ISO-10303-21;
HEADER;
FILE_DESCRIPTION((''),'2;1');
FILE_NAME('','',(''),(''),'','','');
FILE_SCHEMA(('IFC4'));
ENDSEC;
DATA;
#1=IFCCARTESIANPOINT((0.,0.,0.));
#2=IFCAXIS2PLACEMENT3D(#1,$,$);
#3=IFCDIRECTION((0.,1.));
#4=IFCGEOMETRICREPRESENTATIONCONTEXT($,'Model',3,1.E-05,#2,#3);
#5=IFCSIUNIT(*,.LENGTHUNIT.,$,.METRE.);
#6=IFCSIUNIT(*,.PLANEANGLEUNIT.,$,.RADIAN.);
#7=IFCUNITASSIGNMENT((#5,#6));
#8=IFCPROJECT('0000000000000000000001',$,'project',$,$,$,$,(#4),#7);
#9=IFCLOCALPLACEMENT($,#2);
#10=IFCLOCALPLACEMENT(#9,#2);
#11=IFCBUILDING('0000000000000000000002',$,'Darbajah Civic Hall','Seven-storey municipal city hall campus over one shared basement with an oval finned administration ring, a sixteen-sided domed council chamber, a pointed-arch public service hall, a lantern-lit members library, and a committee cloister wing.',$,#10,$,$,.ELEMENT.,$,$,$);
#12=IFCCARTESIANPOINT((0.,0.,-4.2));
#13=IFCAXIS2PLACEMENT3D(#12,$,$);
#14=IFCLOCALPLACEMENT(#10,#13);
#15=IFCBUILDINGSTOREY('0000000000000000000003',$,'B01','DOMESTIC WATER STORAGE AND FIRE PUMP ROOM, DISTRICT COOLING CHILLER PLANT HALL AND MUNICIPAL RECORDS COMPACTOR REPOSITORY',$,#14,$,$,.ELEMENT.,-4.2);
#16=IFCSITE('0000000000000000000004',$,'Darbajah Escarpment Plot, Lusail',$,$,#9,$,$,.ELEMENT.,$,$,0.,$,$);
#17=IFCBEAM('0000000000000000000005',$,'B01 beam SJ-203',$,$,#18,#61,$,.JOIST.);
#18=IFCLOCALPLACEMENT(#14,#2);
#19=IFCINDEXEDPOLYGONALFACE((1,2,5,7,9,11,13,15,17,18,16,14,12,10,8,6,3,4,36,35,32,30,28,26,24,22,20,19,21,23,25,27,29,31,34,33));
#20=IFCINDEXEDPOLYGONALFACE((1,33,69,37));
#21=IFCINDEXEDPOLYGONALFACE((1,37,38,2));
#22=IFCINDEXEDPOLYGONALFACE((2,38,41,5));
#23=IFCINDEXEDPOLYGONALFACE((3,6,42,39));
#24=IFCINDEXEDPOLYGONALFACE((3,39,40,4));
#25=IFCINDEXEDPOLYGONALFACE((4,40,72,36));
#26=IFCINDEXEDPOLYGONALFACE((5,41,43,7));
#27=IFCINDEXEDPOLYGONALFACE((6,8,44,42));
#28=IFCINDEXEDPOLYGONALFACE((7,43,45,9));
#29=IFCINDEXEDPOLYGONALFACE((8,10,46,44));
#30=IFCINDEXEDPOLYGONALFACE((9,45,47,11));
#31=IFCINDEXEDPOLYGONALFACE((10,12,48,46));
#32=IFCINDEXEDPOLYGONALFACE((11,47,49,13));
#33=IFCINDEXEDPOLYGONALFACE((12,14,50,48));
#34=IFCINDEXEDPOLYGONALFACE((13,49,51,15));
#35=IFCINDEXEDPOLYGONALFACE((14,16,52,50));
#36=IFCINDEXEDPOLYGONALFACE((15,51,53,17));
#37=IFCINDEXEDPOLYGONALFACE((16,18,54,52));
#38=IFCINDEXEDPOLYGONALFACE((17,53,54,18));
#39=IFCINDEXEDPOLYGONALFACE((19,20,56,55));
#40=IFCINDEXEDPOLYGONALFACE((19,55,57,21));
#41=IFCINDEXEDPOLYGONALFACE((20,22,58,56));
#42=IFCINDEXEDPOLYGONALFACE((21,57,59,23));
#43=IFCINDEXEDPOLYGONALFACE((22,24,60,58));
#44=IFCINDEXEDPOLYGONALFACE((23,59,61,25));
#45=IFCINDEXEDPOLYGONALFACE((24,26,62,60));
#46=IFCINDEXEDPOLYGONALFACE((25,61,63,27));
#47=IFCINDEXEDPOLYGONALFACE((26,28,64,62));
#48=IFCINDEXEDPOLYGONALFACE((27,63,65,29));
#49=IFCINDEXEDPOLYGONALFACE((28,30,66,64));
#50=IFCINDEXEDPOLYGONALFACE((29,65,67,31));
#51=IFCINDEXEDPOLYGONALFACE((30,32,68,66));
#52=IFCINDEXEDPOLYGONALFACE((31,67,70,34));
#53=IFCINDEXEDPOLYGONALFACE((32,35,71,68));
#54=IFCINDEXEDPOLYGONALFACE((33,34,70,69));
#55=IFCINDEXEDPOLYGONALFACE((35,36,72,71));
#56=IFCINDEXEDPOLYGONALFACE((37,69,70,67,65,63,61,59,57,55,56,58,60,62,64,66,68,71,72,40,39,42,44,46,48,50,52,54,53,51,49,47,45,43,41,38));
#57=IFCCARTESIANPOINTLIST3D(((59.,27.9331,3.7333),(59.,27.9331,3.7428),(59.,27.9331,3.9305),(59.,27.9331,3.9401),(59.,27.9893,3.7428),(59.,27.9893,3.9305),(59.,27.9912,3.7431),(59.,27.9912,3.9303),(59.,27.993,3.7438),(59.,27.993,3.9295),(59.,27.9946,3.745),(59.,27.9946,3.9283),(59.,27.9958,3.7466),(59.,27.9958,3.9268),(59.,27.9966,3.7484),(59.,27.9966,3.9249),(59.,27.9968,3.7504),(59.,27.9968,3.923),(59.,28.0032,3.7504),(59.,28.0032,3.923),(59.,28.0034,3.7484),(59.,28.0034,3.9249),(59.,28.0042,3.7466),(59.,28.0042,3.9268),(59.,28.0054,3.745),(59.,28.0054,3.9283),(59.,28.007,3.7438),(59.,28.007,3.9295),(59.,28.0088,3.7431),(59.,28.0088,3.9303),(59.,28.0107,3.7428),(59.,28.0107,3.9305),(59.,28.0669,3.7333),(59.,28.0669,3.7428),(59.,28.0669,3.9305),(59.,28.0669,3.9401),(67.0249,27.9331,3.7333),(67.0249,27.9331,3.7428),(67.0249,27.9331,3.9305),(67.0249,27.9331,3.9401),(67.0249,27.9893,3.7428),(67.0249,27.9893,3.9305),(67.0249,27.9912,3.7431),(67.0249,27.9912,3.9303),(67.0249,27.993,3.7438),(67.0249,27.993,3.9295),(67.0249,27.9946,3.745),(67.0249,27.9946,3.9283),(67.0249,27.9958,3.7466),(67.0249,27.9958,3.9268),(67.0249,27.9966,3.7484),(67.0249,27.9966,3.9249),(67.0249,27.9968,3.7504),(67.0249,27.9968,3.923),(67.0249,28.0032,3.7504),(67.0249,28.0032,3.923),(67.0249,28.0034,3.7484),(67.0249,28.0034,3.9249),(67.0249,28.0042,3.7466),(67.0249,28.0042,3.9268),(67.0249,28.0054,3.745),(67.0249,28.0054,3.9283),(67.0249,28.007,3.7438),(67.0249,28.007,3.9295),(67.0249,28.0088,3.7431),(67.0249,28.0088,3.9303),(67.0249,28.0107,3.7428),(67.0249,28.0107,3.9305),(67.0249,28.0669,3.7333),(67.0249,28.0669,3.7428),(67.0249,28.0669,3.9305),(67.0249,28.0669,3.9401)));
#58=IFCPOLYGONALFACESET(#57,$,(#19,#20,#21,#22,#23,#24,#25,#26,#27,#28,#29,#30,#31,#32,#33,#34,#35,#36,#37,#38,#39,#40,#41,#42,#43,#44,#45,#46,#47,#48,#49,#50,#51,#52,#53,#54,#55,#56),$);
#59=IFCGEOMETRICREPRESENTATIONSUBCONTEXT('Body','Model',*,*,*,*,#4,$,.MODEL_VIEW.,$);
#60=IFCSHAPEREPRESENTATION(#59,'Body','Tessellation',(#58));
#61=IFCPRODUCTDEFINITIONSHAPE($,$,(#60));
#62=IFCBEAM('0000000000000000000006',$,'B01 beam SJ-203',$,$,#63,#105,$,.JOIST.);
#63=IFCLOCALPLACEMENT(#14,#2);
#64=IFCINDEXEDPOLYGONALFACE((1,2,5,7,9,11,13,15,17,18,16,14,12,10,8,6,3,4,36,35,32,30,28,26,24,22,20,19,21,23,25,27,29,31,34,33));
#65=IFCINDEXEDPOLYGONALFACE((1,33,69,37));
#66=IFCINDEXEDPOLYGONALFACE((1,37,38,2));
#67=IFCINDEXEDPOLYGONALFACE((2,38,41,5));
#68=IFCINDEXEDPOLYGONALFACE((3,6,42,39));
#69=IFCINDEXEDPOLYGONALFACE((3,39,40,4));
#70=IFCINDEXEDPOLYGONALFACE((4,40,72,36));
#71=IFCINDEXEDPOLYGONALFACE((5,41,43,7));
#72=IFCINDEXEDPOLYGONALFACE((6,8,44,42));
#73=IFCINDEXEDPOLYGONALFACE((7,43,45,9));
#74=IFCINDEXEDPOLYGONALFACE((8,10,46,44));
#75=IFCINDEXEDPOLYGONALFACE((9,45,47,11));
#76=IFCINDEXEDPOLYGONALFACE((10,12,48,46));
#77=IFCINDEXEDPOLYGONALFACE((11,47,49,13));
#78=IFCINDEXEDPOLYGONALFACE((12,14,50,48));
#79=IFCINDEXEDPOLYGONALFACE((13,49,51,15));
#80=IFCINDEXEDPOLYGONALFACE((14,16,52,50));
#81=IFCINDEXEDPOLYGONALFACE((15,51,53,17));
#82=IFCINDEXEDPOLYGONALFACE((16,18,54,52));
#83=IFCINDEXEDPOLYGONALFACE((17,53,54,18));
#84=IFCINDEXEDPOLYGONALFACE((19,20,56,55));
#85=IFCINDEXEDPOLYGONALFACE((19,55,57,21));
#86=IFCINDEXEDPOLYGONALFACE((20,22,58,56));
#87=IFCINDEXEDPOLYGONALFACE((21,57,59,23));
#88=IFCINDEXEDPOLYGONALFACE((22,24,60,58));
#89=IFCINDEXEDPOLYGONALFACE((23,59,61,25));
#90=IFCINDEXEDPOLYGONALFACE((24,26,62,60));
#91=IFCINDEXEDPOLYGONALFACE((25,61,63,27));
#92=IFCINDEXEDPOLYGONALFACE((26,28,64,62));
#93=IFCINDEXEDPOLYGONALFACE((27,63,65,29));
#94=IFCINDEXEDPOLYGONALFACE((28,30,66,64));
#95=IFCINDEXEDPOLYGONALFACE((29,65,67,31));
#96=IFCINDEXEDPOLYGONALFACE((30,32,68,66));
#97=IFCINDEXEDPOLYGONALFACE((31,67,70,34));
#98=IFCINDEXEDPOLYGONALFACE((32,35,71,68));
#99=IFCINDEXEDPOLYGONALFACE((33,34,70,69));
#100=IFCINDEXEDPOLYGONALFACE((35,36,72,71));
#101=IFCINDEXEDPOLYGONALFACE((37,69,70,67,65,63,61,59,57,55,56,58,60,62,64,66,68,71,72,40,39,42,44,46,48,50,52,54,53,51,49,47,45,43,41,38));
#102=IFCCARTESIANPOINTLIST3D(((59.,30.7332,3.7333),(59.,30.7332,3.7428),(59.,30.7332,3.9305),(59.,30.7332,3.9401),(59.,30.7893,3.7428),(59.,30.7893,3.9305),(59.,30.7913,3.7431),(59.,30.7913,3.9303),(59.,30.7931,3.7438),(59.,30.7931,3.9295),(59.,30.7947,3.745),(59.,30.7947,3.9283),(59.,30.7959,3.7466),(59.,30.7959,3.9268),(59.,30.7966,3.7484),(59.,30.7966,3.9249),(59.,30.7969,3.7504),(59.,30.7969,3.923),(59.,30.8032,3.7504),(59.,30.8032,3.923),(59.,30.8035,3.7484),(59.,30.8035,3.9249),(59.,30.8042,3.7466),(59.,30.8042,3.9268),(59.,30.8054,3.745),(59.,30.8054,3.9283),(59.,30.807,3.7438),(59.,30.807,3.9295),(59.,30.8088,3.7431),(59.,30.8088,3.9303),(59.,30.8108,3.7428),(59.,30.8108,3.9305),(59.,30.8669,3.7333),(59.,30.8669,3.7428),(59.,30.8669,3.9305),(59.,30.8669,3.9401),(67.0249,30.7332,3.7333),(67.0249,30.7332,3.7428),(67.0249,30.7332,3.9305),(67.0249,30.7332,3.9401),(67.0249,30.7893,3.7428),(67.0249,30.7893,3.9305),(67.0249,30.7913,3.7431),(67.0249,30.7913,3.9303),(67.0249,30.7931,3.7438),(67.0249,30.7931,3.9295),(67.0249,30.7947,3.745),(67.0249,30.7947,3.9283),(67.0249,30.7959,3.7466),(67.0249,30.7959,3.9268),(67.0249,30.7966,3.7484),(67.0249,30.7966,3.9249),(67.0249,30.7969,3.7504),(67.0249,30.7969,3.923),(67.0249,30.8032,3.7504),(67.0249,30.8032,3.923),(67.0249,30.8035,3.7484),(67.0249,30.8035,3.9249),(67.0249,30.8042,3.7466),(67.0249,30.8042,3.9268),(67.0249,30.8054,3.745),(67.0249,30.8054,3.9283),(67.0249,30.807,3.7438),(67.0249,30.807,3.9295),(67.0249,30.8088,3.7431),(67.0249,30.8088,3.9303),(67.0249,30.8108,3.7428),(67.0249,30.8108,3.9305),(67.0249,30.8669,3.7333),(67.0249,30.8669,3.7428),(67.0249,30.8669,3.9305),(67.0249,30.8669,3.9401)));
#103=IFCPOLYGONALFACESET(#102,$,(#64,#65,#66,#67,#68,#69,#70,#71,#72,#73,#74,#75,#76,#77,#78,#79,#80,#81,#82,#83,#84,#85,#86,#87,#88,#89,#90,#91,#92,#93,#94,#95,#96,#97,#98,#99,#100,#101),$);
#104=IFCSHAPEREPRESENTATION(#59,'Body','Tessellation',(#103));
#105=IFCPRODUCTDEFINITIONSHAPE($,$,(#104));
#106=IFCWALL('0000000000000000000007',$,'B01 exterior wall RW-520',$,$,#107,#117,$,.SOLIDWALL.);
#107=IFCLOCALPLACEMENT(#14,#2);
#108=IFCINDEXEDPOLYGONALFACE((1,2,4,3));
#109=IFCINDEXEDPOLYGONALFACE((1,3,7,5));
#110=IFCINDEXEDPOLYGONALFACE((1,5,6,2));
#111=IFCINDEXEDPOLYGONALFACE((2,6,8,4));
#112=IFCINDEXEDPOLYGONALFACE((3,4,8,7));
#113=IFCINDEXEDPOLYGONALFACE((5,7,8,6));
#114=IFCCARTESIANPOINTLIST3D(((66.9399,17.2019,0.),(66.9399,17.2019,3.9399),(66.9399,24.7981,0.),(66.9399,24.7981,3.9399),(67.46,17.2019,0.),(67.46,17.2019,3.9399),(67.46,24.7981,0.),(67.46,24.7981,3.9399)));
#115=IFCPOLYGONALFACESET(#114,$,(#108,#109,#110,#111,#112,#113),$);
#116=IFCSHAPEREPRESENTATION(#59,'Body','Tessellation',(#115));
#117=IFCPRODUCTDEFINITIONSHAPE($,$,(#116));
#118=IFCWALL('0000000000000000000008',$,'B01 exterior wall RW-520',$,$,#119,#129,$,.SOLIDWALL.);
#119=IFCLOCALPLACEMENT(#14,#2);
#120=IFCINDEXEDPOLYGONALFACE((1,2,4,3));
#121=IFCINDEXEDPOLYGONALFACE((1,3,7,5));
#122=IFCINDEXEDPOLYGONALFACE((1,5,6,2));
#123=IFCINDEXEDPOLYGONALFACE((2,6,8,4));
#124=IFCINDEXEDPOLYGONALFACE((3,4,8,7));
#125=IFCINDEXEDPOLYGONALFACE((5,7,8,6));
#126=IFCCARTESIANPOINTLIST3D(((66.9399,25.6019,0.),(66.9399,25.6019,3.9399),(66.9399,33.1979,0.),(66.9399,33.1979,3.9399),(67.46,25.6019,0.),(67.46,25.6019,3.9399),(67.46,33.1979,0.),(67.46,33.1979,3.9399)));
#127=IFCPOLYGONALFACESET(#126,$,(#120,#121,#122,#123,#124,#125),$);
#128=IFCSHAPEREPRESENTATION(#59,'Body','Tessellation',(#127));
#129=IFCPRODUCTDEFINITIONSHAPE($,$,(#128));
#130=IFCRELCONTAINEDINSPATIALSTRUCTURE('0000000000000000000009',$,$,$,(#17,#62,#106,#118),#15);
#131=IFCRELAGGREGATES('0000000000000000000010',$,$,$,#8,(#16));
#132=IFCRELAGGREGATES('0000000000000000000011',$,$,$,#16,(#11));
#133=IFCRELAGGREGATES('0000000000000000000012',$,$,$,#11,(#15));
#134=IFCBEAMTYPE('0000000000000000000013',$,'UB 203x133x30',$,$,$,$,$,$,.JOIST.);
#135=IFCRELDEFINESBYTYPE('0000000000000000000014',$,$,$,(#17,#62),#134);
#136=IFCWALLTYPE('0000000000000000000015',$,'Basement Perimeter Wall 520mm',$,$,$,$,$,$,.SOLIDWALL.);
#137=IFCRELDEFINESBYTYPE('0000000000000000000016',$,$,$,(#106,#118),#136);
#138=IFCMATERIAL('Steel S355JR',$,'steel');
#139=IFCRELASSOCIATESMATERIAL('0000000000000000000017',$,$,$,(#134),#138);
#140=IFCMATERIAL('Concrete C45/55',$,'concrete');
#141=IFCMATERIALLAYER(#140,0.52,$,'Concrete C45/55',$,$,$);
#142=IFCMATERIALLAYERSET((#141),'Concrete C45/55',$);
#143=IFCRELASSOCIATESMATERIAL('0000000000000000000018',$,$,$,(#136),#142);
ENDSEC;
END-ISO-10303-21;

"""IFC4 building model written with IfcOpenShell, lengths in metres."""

from ifc_helpers import new_model, si_unit, direction, frame, frame_2d, origin, origin_2d, place, context, subcontext, project, spatial, rectangle, i_section, extrude, material, layer, layer_set, material_profile, profile_set, type_object, element, save


model = new_model("IFC4")

# Units and contexts
model_context = context("Model", 3, precision=1e-05, world=origin(), true_north=direction((0.0, 1.0)))
body_context = subcontext(model_context, "Body", "Model", "MODEL_VIEW")
ifc_project = project(units=[si_unit("LENGTHUNIT", "METRE"), si_unit("PLANEANGLEUNIT", "RADIAN")], contexts=[model_context])

# Site, building, storey
site_placement = place(None, origin())
site = spatial("IfcSite", under=ifc_project, at=site_placement, Name="Darbajah Escarpment Plot, Lusail", CompositionType="ELEMENT", RefElevation=0.0)
building_placement = place(site_placement, origin())
building = spatial("IfcBuilding", under=site, at=building_placement, Name="Darbajah Civic Hall", Description="Seven-storey municipal city hall campus over one shared basement with an oval finned administration ring, a sixteen-sided domed council chamber, a pointed-arch public service hall, a lantern-lit members library, and a committee cloister wing.", CompositionType="ELEMENT")
storey_placement = place(building_placement, frame((0.0, 0.0, -4.2)))
storey = spatial("IfcBuildingStorey", under=building, at=storey_placement, Name="B01", Description="DOMESTIC WATER STORAGE AND FIRE PUMP ROOM, DISTRICT COOLING CHILLER PLANT HALL AND MUNICIPAL RECORDS COMPACTOR REPOSITORY", CompositionType="ELEMENT", Elevation=-4.2)

# Shared definitions
ifc_material_1 = material(Name="Concrete C45/55", Category="concrete")

# Beams
ifc_material_2 = material(Name="Steel S355JR", Category="steel")
ifc_material_profile_1 = material_profile(ifc_material_2, i_section(OverallWidth=0.1338, OverallDepth=0.2068, WebThickness=0.0063, FlangeThickness=0.0095, FilletRadius=0.0076, at=origin_2d()), Name="UB 203x133x30")
ifc_profile_set_1 = profile_set([ifc_material_profile_1], Name="Steel S355JR")
beam_type_1 = type_object("IfcBeamType", Name="UB 203x133x30", PredefinedType="JOIST", material=ifc_profile_set_1)
for number, where, z_axis, x_axis, name in (
    (1, (59.0, 28.0, 3.8367), (1.0, 0.0, 0.0), (0.0, 1.0, 0.0), "B01 beam SJ-203"),
    (2, (59.0, 30.8, 3.8367), (1.0, 0.0, 0.0), (0.0, 1.0, 0.0), "B01 beam SJ-203"),
):
    element("IfcBeam", number, at=place(storey_placement, frame(where, z_axis=z_axis, x_axis=x_axis)), inside=storey, type_object=beam_type_1, Name=name, PredefinedType="JOIST", context=body_context, shape_type="SweptSolid", body=[
        extrude(i_section(OverallWidth=0.1338, OverallDepth=0.2068, WebThickness=0.0063, FlangeThickness=0.0095, FilletRadius=0.0076, at=origin_2d()), origin(), (0.0, 0.0, 1.0), 8.0249),
    ])

# Walls
ifc_layer = layer(ifc_material_1, 0.52, Name="Concrete C45/55")
ifc_layer_set = layer_set([ifc_layer], Name="Concrete C45/55")
wall_type = type_object("IfcWallType", Name="Basement Perimeter Wall 520mm", PredefinedType="SOLIDWALL", material=ifc_layer_set)
wall_1_placement = place(storey_placement, frame((67.2, 17.2019, 0.0), z_axis=(0.0, 0.0, 1.0), x_axis=(0.0, 1.0, 0.0)))
element("IfcWall", 3, at=wall_1_placement, inside=storey, type_object=wall_type, Name="B01 exterior wall RW-520", PredefinedType="SOLIDWALL", context=body_context, shape_type="SweptSolid", body=[
    extrude(rectangle(XDim=7.5962, YDim=0.52, at=frame_2d((3.7981, 0.0))), origin(), (0.0, 0.0, 1.0), 3.9399),
])
wall_2_placement = place(storey_placement, frame((67.2, 25.6021, 0.0), z_axis=(0.0, 0.0, 1.0), x_axis=(0.0, 1.0, 0.0)))
element("IfcWall", 4, at=wall_2_placement, inside=storey, type_object=wall_type, Name="B01 exterior wall RW-520", PredefinedType="SOLIDWALL", context=body_context, shape_type="SweptSolid", body=[
    extrude(rectangle(XDim=7.5959, YDim=0.52, at=frame_2d((3.7979, 0.0))), origin(), (0.0, 0.0, 1.0), 3.9399),
])

save(model, "model.ifc")
